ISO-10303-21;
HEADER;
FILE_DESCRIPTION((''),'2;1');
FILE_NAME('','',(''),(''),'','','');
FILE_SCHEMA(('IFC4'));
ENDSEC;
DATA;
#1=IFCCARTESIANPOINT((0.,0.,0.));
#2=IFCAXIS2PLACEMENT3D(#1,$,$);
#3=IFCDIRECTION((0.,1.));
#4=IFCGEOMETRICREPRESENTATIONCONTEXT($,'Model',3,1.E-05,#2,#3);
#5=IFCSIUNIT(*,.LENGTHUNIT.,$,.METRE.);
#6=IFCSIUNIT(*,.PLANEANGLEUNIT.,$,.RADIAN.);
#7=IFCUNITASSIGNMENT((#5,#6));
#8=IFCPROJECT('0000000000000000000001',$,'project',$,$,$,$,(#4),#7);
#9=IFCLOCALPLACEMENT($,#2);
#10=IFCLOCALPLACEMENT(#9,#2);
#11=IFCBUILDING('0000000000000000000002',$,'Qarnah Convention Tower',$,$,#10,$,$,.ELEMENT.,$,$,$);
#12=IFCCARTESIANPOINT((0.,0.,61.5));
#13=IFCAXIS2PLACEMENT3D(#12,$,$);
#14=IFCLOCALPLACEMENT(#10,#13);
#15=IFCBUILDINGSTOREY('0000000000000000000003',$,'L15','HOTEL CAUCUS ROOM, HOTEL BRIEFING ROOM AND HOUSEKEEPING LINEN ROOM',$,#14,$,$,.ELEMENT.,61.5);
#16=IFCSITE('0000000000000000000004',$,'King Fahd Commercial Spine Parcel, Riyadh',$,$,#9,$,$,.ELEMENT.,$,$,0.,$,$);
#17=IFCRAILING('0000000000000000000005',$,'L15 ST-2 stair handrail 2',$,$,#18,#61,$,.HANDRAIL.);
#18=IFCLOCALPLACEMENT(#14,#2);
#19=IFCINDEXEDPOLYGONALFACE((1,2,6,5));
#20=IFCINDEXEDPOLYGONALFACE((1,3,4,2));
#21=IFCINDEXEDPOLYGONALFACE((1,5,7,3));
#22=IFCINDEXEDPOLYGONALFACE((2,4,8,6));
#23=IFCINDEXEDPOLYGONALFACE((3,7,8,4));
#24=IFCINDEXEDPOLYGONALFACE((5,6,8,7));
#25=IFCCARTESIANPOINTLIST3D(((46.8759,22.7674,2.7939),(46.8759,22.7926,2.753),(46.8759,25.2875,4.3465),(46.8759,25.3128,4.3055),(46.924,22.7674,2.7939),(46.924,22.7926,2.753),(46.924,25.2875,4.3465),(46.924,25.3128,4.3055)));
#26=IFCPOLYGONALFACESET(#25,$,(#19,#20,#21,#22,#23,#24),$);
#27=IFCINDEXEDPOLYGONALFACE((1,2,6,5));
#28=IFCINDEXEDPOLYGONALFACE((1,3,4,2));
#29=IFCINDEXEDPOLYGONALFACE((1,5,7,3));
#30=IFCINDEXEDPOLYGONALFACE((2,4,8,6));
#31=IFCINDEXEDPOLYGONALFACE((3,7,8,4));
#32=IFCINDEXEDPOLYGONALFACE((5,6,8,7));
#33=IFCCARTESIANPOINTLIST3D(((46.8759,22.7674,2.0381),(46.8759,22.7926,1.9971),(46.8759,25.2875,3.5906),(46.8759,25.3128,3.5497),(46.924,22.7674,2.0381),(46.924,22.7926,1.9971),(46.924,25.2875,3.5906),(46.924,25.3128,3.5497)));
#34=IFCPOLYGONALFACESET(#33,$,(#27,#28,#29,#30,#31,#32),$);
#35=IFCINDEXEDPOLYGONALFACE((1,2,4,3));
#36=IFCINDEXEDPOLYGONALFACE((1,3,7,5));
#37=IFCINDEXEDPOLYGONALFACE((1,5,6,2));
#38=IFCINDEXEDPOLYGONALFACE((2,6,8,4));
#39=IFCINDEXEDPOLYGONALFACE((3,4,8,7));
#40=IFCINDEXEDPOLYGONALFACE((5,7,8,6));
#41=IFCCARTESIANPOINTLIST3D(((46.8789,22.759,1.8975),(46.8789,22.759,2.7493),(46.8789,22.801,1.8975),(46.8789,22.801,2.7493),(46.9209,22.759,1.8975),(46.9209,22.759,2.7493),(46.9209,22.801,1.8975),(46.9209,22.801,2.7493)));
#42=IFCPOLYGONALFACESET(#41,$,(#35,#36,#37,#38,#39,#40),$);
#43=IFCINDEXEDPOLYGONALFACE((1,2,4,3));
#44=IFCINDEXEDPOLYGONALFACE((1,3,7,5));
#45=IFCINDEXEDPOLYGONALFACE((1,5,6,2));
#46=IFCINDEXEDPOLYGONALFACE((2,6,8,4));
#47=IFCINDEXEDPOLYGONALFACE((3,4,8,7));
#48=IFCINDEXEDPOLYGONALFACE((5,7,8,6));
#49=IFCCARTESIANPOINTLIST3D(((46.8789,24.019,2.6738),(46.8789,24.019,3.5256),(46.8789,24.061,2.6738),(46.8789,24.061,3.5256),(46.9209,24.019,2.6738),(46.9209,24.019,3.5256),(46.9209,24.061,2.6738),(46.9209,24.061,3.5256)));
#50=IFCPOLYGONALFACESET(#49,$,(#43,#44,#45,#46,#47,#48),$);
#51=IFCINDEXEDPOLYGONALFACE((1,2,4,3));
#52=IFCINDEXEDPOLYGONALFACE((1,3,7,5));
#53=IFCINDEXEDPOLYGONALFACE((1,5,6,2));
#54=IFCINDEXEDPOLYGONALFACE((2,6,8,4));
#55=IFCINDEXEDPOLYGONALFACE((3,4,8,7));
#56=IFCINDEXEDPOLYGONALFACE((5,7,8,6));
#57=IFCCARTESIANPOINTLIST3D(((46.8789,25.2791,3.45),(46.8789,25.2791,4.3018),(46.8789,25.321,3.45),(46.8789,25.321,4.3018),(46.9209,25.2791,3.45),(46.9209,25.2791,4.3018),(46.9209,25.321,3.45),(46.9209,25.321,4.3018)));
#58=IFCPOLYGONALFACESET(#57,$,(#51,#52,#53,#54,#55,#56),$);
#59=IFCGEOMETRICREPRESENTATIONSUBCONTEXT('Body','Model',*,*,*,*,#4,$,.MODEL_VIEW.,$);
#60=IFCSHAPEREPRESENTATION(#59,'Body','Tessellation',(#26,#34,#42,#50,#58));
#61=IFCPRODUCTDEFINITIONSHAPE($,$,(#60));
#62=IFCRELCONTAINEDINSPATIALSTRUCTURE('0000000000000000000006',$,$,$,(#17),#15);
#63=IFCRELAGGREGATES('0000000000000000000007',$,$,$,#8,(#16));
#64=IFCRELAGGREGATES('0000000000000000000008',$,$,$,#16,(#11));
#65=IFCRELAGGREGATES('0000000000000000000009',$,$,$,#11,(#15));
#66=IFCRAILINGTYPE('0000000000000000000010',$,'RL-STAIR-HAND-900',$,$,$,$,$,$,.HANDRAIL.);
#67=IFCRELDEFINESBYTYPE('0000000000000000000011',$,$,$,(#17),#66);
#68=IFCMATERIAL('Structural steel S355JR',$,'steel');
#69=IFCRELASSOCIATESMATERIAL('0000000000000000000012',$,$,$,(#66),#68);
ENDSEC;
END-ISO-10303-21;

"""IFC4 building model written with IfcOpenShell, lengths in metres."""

from ifc_helpers import new_model, si_unit, direction, frame, origin, origin_2d, place, context, subcontext, project, spatial, rectangle, extrude, material, type_object, element, save


model = new_model("IFC4")

# Units and contexts
model_context = context("Model", 3, precision=1e-05, world=origin(), true_north=direction((0.0, 1.0)))
body_context = subcontext(model_context, "Body", "Model", "MODEL_VIEW")
ifc_project = project(units=[si_unit("LENGTHUNIT", "METRE"), si_unit("PLANEANGLEUNIT", "RADIAN")], contexts=[model_context])

# Site, building, storey
site_placement = place(None, origin())
site = spatial("IfcSite", under=ifc_project, at=site_placement, Name="King Fahd Commercial Spine Parcel, Riyadh", CompositionType="ELEMENT", RefElevation=0.0)
building_placement = place(site_placement, origin())
building = spatial("IfcBuilding", under=site, at=building_placement, Name="Qarnah Convention Tower", CompositionType="ELEMENT")
storey_placement = place(building_placement, frame((0.0, 0.0, 61.5)))
storey = spatial("IfcBuildingStorey", under=building, at=storey_placement, Name="L15", Description="HOTEL CAUCUS ROOM, HOTEL BRIEFING ROOM AND HOUSEKEEPING LINEN ROOM", CompositionType="ELEMENT", Elevation=61.5)

# Shared definitions
ifc_material_1 = material(Name="Structural steel S355JR", Category="steel")

# Railing
railing_type_1 = type_object("IfcRailingType", Name="RL-STAIR-HAND-900", PredefinedType="HANDRAIL", material=ifc_material_1)
railing_1_placement = place(storey_placement, frame((46.8999, 22.78, 1.8975)))
element("IfcRailing", 1, at=railing_1_placement, inside=storey, type_object=railing_type_1, Name="L15 ST-2 stair handrail 2", PredefinedType="HANDRAIL", context=body_context, shape_type="SweptSolid", body=[
    extrude(rectangle(XDim=0.0481, YDim=0.0481, at=origin_2d()), frame((0.0, 0.0, 0.876), z_axis=(0.0, 0.8514, 0.524516), x_axis=(-1.0, 0.0, 0.0)), (0.0, 0.0, 1.0), 2.96),
    extrude(rectangle(XDim=0.0481, YDim=0.0481, at=origin_2d()), frame((0.0, 0.0, 0.1201), z_axis=(0.0, 0.8514, 0.524516), x_axis=(-1.0, 0.0, 0.0)), (0.0, 0.0, 1.0), 2.96),
    extrude(rectangle(XDim=0.042, YDim=0.042, at=origin_2d()), origin(), (0.0, 0.0, 1.0), 0.8518),
    extrude(rectangle(XDim=0.042, YDim=0.042, at=origin_2d()), frame((0.0, 1.26, 0.7764)), (0.0, 0.0, 1.0), 0.8518),
    extrude(rectangle(XDim=0.042, YDim=0.042, at=origin_2d()), frame((0.0, 2.52, 1.5525)), (0.0, 0.0, 1.0), 0.8518),
])

save(model, "model.ifc")
